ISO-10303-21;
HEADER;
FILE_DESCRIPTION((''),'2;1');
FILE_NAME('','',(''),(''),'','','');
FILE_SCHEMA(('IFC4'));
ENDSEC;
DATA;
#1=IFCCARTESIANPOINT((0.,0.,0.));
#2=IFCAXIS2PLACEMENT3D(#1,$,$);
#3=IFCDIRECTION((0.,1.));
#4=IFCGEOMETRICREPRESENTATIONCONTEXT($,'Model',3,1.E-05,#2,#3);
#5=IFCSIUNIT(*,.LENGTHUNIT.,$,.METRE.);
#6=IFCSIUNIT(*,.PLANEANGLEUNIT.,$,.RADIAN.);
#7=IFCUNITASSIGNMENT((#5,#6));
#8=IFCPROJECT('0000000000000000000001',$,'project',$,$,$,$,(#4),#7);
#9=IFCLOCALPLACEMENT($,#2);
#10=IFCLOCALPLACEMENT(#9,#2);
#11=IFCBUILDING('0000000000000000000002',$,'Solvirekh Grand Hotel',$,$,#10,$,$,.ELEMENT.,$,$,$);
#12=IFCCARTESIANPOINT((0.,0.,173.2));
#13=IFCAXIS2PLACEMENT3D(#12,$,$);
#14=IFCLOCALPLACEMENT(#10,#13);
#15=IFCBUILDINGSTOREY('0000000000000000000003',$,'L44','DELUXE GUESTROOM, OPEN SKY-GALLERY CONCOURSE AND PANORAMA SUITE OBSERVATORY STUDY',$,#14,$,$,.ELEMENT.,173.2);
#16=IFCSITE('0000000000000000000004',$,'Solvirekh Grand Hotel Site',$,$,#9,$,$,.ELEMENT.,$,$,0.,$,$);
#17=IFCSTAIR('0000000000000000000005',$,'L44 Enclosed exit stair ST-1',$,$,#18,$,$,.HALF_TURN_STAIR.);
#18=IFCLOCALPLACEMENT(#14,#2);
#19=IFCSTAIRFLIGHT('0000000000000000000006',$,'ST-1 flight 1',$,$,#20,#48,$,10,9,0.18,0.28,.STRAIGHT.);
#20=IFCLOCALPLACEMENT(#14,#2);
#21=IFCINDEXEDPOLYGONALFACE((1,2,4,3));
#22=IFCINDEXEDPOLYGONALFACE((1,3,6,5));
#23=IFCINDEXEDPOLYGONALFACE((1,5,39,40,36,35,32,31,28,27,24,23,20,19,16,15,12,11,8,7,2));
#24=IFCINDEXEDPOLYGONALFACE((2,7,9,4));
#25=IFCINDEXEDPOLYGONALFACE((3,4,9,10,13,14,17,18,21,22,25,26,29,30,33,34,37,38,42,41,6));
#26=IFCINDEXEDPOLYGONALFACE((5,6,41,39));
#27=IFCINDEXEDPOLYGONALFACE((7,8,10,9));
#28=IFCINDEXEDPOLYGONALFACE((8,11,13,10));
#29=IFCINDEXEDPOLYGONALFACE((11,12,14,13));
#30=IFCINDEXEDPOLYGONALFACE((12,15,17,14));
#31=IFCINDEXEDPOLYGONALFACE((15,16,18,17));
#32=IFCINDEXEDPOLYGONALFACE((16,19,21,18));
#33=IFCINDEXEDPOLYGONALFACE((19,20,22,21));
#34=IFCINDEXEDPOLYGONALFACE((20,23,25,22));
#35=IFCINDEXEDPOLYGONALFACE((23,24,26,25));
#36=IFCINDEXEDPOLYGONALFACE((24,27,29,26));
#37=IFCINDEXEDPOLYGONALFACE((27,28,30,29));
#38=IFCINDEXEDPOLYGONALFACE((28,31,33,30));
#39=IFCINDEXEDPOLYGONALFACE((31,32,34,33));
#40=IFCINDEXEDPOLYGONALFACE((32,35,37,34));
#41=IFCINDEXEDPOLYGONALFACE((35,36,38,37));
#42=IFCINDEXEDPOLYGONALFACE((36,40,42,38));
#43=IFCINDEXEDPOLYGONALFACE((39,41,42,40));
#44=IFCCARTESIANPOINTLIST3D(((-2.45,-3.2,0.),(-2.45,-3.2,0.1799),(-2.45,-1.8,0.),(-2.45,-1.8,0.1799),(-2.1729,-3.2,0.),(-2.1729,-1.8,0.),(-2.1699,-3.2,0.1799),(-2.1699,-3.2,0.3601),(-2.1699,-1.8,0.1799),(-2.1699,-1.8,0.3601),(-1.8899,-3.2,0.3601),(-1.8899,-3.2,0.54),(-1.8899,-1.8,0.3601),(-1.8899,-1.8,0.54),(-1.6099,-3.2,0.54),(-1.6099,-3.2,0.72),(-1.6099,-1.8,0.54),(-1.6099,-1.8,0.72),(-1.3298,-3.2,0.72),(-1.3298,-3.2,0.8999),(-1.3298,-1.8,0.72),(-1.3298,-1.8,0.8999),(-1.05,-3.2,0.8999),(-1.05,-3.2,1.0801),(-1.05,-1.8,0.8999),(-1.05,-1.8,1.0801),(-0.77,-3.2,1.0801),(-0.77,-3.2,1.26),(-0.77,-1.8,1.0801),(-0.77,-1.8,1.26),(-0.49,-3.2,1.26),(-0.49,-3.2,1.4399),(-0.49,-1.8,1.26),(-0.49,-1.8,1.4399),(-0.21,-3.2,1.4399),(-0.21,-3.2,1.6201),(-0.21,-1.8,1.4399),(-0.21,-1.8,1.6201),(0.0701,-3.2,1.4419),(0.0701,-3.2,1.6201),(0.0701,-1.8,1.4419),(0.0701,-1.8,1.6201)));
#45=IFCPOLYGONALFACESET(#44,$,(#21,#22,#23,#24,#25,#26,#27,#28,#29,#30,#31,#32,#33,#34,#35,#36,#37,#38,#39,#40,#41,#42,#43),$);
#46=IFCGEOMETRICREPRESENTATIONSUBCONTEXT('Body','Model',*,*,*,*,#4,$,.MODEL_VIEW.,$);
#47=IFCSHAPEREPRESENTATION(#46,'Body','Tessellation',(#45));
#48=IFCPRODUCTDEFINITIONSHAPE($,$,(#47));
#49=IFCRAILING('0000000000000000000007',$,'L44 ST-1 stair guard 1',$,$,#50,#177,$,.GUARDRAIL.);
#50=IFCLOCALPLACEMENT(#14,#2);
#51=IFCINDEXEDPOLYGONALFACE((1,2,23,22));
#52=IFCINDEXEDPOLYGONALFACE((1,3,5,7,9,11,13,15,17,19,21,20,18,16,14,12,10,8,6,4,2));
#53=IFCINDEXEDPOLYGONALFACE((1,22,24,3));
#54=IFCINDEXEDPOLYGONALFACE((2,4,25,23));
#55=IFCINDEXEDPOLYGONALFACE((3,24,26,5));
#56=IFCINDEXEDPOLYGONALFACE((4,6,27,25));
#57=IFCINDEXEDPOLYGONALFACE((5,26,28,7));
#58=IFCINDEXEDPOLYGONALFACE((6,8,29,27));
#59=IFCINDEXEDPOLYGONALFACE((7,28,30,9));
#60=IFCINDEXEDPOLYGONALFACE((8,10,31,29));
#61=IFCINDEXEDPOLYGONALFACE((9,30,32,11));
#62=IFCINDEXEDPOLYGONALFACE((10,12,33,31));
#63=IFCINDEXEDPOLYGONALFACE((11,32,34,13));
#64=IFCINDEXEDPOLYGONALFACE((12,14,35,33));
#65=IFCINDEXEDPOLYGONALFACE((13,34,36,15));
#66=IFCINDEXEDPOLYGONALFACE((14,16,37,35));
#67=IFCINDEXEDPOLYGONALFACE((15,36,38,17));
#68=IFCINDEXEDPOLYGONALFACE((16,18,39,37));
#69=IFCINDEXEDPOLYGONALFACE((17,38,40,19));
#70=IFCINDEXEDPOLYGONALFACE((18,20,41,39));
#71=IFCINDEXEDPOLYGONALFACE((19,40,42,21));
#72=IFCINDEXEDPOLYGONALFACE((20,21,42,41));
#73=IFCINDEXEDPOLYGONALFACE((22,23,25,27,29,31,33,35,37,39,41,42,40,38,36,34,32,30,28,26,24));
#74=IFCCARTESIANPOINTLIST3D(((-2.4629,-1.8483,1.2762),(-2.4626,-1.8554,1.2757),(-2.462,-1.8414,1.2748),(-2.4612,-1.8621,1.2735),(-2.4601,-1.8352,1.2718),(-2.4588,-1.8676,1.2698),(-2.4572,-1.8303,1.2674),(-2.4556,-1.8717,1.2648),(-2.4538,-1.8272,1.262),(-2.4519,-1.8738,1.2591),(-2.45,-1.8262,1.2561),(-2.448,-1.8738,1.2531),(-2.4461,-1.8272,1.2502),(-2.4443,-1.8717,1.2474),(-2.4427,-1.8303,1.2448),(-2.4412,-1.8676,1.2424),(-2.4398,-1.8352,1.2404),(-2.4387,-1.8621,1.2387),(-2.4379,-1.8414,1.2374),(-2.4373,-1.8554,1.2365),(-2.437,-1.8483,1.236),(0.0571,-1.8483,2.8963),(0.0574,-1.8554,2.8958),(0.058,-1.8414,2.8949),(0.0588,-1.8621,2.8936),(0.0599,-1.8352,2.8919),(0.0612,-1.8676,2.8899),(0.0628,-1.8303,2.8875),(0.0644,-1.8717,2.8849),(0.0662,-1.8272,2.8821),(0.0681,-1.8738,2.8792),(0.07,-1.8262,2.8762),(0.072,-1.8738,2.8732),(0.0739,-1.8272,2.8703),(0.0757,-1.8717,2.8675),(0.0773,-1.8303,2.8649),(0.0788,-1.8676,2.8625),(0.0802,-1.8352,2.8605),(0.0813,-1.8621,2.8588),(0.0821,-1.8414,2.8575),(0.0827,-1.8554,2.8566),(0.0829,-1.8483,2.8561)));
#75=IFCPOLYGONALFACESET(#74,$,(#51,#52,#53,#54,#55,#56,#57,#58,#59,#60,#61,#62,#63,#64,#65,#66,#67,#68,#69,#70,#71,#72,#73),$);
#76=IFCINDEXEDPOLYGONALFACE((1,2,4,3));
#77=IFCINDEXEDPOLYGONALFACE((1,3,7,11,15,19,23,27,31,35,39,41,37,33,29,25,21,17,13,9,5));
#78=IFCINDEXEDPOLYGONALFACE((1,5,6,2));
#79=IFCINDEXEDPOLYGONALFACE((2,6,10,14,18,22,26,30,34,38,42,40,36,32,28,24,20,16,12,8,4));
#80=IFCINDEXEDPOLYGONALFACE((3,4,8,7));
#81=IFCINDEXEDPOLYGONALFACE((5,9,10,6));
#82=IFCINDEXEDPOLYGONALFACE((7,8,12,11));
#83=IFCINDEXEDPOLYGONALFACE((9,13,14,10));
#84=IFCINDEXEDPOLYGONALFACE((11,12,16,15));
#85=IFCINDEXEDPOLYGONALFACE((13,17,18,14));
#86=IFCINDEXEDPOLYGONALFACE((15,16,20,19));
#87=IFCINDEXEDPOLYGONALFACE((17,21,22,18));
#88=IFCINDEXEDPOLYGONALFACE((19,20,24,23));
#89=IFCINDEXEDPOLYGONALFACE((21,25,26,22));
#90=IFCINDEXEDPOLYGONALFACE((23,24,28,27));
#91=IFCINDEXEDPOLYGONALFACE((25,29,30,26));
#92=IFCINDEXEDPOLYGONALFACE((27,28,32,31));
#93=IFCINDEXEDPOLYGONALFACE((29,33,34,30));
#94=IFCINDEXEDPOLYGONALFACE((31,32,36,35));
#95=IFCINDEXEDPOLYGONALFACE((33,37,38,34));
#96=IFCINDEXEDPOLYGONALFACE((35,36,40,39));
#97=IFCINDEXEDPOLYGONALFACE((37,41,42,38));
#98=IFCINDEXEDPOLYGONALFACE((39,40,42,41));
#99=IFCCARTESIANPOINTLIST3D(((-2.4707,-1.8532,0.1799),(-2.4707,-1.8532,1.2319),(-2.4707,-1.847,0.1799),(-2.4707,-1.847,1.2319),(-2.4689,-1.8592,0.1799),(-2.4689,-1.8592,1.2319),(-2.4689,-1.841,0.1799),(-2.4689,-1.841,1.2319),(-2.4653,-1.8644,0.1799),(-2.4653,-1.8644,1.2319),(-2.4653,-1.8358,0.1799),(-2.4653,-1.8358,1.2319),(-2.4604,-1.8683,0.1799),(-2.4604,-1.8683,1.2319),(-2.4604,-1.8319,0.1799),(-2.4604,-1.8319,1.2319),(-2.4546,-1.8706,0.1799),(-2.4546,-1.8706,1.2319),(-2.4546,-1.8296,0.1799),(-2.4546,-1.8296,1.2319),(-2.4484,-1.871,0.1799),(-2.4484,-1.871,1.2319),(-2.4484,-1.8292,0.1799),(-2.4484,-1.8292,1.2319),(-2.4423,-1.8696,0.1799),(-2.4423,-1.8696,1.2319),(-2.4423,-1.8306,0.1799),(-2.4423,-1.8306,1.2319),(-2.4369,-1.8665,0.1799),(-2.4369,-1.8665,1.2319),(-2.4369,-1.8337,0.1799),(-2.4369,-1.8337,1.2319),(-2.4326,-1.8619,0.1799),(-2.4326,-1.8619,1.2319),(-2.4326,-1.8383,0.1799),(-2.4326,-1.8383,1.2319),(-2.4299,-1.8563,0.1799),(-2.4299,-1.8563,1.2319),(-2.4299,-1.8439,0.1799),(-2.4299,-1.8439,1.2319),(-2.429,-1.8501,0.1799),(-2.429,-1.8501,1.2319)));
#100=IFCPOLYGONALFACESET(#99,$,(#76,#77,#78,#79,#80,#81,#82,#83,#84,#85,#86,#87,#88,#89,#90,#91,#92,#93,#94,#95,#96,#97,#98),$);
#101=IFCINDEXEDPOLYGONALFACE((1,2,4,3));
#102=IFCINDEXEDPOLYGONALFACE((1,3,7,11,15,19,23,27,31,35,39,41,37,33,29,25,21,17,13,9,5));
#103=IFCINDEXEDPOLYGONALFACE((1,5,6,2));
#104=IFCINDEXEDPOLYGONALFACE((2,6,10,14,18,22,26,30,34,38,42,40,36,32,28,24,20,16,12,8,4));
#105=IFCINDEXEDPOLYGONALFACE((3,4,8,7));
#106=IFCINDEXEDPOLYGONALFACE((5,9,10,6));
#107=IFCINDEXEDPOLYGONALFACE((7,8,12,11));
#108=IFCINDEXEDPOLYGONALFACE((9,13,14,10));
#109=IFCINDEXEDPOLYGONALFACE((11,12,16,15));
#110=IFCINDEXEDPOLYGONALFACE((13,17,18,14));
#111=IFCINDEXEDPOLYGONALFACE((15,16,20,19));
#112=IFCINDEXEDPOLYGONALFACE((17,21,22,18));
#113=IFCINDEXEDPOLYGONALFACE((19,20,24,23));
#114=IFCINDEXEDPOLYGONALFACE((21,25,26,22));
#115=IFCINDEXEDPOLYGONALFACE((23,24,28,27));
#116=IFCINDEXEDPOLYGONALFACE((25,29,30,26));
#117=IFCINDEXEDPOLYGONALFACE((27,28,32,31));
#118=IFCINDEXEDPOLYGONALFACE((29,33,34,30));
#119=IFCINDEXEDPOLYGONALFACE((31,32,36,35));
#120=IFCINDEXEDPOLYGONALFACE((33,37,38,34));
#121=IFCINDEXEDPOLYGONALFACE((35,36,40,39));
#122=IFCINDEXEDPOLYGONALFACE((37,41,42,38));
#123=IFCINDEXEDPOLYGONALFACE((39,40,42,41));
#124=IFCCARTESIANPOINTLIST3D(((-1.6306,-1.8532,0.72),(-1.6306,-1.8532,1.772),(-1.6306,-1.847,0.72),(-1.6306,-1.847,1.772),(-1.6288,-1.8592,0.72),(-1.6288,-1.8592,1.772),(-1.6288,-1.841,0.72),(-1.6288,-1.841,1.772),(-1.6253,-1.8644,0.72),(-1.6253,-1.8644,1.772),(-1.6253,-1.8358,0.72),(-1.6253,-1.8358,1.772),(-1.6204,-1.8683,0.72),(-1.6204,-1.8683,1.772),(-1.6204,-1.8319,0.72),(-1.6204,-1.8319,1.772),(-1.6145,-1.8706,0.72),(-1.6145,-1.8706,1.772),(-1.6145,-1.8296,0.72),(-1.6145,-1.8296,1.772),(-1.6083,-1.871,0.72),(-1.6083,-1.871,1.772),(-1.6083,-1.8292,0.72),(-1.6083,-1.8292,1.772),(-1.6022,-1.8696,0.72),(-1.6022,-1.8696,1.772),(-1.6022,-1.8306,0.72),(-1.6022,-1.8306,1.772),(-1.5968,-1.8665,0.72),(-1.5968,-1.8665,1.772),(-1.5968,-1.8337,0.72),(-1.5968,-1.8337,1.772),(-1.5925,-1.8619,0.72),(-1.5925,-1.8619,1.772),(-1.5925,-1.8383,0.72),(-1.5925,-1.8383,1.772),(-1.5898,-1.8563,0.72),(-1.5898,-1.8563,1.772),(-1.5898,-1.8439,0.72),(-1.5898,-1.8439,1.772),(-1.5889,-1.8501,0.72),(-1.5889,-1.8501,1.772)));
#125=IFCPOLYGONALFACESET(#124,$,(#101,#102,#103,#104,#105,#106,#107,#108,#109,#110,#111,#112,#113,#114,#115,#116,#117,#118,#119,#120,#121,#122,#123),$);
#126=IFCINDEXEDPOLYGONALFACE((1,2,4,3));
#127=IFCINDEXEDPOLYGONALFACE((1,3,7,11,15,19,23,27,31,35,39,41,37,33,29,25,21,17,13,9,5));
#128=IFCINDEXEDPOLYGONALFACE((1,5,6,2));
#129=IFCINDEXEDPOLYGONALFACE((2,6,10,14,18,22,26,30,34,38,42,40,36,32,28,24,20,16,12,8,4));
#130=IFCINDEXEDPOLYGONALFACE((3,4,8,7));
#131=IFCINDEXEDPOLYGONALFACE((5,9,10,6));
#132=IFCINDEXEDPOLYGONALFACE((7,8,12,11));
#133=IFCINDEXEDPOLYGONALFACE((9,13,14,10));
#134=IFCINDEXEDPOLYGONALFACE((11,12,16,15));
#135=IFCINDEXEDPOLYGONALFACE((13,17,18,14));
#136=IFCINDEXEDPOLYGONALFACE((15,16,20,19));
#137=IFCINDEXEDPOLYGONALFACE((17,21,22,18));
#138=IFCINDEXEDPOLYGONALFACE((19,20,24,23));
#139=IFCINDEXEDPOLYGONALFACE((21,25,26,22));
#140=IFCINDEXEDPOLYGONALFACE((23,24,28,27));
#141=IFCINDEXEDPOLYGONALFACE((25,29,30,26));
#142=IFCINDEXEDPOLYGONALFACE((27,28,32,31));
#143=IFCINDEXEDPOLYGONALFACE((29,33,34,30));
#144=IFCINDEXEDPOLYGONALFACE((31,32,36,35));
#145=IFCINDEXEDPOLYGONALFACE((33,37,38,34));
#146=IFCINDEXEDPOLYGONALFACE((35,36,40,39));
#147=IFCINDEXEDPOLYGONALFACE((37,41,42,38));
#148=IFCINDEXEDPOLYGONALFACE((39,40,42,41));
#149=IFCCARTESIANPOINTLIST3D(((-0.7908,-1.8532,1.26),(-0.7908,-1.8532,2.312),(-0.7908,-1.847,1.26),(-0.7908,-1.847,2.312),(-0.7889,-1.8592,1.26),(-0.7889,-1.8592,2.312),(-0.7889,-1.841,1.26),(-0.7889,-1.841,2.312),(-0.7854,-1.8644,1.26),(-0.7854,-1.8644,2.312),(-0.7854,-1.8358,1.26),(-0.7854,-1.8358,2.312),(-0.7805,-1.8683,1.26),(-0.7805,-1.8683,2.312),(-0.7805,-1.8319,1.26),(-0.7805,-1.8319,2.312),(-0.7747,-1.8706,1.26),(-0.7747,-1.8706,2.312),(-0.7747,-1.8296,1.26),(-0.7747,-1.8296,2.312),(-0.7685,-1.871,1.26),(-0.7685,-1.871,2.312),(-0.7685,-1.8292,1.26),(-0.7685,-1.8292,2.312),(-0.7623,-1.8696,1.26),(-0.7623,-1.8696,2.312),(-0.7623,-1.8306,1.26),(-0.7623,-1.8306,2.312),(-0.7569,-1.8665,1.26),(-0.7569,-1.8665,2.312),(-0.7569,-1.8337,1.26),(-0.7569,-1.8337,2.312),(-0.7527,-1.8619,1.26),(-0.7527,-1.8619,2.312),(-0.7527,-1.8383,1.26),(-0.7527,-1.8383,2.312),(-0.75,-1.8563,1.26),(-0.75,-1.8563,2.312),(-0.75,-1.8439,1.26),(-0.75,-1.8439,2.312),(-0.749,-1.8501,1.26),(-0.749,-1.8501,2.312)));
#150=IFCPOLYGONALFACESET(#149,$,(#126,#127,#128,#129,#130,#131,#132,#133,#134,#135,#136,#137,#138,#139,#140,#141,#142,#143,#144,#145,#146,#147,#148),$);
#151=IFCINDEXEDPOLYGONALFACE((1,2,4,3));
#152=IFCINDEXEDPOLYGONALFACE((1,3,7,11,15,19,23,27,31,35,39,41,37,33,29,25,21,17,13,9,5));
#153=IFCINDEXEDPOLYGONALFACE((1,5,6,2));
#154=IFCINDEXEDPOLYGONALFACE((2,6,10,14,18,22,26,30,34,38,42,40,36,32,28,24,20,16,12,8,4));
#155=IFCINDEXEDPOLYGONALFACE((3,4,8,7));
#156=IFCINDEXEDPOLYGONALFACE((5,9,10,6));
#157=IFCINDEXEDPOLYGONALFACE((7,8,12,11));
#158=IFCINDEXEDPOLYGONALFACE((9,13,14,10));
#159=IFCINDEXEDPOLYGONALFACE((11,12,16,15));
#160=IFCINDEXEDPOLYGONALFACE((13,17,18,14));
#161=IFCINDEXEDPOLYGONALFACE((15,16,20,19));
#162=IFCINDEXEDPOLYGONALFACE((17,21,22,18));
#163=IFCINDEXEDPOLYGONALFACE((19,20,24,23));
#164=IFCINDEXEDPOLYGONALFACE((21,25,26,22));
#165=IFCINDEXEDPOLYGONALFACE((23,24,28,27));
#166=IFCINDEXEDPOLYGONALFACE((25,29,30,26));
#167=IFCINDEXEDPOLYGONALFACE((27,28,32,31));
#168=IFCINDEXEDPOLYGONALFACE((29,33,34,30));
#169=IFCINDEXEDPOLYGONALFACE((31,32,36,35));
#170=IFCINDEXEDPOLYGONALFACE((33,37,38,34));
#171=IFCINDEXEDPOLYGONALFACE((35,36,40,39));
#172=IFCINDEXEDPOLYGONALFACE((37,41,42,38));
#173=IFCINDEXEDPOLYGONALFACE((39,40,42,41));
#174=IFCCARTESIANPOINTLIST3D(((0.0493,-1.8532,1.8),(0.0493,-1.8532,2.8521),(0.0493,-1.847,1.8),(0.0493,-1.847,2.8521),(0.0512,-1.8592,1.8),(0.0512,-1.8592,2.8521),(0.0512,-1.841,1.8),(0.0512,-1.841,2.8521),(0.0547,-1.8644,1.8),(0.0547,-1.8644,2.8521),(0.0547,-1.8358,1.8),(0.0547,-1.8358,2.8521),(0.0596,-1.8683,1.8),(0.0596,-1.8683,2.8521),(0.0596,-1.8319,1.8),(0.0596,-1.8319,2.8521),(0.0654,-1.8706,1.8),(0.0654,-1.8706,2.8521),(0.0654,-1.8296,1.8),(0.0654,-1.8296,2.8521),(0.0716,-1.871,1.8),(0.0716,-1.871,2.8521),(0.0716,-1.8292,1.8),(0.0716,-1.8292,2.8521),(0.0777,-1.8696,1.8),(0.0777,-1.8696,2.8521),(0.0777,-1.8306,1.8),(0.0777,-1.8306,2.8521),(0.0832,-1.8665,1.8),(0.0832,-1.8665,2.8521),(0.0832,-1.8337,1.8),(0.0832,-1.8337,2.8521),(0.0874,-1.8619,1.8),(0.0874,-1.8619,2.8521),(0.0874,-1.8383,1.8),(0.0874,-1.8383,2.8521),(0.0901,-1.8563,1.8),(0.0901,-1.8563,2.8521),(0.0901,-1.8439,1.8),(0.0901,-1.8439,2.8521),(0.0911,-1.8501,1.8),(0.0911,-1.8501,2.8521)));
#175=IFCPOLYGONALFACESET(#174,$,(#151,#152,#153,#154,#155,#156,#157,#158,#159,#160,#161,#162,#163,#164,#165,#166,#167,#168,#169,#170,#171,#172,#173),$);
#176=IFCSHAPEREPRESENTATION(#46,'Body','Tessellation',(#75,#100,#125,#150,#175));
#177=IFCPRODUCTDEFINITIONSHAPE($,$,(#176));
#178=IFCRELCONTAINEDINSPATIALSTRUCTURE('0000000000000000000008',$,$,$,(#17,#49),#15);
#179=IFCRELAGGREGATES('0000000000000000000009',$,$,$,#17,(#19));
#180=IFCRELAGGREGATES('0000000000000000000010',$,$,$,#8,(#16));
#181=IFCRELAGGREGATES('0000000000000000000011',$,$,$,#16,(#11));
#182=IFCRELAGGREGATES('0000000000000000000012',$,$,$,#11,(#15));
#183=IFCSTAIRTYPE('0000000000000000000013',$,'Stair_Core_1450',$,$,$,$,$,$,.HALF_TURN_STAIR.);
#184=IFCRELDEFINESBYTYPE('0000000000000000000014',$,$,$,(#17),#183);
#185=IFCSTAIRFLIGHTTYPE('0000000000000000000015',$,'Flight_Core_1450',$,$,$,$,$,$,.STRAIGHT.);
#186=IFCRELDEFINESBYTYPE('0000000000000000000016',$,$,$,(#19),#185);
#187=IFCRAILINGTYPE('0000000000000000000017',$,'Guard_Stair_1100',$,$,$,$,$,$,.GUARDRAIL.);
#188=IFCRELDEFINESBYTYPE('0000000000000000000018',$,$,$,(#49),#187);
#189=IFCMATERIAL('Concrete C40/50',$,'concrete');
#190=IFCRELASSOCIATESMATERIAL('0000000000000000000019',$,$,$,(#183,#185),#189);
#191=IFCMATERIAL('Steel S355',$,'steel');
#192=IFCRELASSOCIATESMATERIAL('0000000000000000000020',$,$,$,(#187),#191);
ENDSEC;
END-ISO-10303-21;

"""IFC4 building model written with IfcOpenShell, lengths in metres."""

from ifc_helpers import new_model, si_unit, direction, frame, origin, origin_2d, place, context, subcontext, project, spatial, polyline, circle, outline, extrude, material, type_object, element, aggregate, save


model = new_model("IFC4")

# Units and contexts
model_context = context("Model", 3, precision=1e-05, world=origin(), true_north=direction((0.0, 1.0)))
body_context = subcontext(model_context, "Body", "Model", "MODEL_VIEW")
ifc_project = project(units=[si_unit("LENGTHUNIT", "METRE"), si_unit("PLANEANGLEUNIT", "RADIAN")], contexts=[model_context])

# Site, building, storey
site_placement = place(None, origin())
site = spatial("IfcSite", under=ifc_project, at=site_placement, Name="Solvirekh Grand Hotel Site", CompositionType="ELEMENT", RefElevation=0.0)
building_placement = place(site_placement, origin())
building = spatial("IfcBuilding", under=site, at=building_placement, Name="Solvirekh Grand Hotel", CompositionType="ELEMENT")
storey_placement = place(building_placement, frame((0.0, 0.0, 173.2)))
storey = spatial("IfcBuildingStorey", under=building, at=storey_placement, Name="L44", Description="DELUXE GUESTROOM, OPEN SKY-GALLERY CONCOURSE AND PANORAMA SUITE OBSERVATORY STUDY", CompositionType="ELEMENT", Elevation=173.2)

# Shared definitions
ifc_material_1 = material(Name="Steel S355", Category="steel")

# Shared definitions
ifc_material_2 = material(Name="Concrete C40/50", Category="concrete")

# Stair, stair flight
stair_type = type_object("IfcStairType", Name="Stair_Core_1450", PredefinedType="HALF_TURN_STAIR", material=ifc_material_2)
stair_placement = place(storey_placement, origin())
stair = element("IfcStair", 1, at=stair_placement, inside=storey, type_object=stair_type, Name="L44 Enclosed exit stair ST-1", PredefinedType="HALF_TURN_STAIR")
stair_flight_type = type_object("IfcStairFlightType", Name="Flight_Core_1450", PredefinedType="STRAIGHT", material=ifc_material_2)
stair_flight_placement = place(storey_placement, frame((-2.45, -2.5, 0.0), z_axis=(0.0, 0.0, 1.0), x_axis=(1.0, 0.0, 0.0)))
stair_flight = element("IfcStairFlight", 2, at=stair_flight_placement, type_object=stair_flight_type, Name="ST-1 flight 1", NumberOfRisers=10, NumberOfTreads=9, PredefinedType="STRAIGHT", RiserHeight=0.18, TreadLength=0.28, context=body_context, shape_type="SweptSolid", body=[
    extrude(outline(polyline([(0.0, 0.0), (0.0, 0.1799), (0.28, 0.1799), (0.28, 0.3601), (0.5601, 0.3601), (0.5601, 0.54), (0.8401, 0.54), (0.8401, 0.72), (1.1201, 0.72), (1.1201, 0.8999), (1.3999, 0.8999), (1.3999, 1.0801), (1.6799, 1.0801), (1.6799, 1.26), (1.96, 1.26), (1.96, 1.4399), (2.24, 1.4399), (2.24, 1.6201), (2.52, 1.6201), (2.52, 1.8), (2.52, 1.4419), (0.2771, 0.0), (0.0, 0.0)])), frame((0.0, 0.7, 0.0), z_axis=(0.0, -1.0, 0.0), x_axis=(1.0, 0.0, 0.0)), (0.0, 0.0, 1.0), 1.3999),
])
aggregate(stair, [stair_flight])

# Railing
railing_type_1 = type_object("IfcRailingType", Name="Guard_Stair_1100", PredefinedType="GUARDRAIL", material=ifc_material_1)
railing_1_placement = place(storey_placement, frame((-2.45, -1.8501, 0.1799)))
element("IfcRailing", 3, at=railing_1_placement, inside=storey, type_object=railing_type_1, Name="L44 ST-1 stair guard 1", PredefinedType="GUARDRAIL", context=body_context, shape_type="SweptSolid", body=[
    extrude(circle(Radius=0.0239, at=origin_2d()), frame((0.0, 0.0, 1.0762), z_axis=(0.841163, 0.0, 0.540782), x_axis=(0.0, 1.0, 0.0)), (0.0, 0.0, 1.0), 2.9958),
    extrude(circle(Radius=0.021, at=origin_2d()), origin(), (0.0, 0.0, 1.0), 1.052),
    extrude(circle(Radius=0.021, at=origin_2d()), frame((0.8401, 0.0, 0.54)), (0.0, 0.0, 1.0), 1.052),
    extrude(circle(Radius=0.021, at=origin_2d()), frame((1.6799, 0.0, 1.0801)), (0.0, 0.0, 1.0), 1.052),
    extrude(circle(Radius=0.021, at=origin_2d()), frame((2.52, 0.0, 1.6201)), (0.0, 0.0, 1.0), 1.052),
])

save(model, "model.ifc")
